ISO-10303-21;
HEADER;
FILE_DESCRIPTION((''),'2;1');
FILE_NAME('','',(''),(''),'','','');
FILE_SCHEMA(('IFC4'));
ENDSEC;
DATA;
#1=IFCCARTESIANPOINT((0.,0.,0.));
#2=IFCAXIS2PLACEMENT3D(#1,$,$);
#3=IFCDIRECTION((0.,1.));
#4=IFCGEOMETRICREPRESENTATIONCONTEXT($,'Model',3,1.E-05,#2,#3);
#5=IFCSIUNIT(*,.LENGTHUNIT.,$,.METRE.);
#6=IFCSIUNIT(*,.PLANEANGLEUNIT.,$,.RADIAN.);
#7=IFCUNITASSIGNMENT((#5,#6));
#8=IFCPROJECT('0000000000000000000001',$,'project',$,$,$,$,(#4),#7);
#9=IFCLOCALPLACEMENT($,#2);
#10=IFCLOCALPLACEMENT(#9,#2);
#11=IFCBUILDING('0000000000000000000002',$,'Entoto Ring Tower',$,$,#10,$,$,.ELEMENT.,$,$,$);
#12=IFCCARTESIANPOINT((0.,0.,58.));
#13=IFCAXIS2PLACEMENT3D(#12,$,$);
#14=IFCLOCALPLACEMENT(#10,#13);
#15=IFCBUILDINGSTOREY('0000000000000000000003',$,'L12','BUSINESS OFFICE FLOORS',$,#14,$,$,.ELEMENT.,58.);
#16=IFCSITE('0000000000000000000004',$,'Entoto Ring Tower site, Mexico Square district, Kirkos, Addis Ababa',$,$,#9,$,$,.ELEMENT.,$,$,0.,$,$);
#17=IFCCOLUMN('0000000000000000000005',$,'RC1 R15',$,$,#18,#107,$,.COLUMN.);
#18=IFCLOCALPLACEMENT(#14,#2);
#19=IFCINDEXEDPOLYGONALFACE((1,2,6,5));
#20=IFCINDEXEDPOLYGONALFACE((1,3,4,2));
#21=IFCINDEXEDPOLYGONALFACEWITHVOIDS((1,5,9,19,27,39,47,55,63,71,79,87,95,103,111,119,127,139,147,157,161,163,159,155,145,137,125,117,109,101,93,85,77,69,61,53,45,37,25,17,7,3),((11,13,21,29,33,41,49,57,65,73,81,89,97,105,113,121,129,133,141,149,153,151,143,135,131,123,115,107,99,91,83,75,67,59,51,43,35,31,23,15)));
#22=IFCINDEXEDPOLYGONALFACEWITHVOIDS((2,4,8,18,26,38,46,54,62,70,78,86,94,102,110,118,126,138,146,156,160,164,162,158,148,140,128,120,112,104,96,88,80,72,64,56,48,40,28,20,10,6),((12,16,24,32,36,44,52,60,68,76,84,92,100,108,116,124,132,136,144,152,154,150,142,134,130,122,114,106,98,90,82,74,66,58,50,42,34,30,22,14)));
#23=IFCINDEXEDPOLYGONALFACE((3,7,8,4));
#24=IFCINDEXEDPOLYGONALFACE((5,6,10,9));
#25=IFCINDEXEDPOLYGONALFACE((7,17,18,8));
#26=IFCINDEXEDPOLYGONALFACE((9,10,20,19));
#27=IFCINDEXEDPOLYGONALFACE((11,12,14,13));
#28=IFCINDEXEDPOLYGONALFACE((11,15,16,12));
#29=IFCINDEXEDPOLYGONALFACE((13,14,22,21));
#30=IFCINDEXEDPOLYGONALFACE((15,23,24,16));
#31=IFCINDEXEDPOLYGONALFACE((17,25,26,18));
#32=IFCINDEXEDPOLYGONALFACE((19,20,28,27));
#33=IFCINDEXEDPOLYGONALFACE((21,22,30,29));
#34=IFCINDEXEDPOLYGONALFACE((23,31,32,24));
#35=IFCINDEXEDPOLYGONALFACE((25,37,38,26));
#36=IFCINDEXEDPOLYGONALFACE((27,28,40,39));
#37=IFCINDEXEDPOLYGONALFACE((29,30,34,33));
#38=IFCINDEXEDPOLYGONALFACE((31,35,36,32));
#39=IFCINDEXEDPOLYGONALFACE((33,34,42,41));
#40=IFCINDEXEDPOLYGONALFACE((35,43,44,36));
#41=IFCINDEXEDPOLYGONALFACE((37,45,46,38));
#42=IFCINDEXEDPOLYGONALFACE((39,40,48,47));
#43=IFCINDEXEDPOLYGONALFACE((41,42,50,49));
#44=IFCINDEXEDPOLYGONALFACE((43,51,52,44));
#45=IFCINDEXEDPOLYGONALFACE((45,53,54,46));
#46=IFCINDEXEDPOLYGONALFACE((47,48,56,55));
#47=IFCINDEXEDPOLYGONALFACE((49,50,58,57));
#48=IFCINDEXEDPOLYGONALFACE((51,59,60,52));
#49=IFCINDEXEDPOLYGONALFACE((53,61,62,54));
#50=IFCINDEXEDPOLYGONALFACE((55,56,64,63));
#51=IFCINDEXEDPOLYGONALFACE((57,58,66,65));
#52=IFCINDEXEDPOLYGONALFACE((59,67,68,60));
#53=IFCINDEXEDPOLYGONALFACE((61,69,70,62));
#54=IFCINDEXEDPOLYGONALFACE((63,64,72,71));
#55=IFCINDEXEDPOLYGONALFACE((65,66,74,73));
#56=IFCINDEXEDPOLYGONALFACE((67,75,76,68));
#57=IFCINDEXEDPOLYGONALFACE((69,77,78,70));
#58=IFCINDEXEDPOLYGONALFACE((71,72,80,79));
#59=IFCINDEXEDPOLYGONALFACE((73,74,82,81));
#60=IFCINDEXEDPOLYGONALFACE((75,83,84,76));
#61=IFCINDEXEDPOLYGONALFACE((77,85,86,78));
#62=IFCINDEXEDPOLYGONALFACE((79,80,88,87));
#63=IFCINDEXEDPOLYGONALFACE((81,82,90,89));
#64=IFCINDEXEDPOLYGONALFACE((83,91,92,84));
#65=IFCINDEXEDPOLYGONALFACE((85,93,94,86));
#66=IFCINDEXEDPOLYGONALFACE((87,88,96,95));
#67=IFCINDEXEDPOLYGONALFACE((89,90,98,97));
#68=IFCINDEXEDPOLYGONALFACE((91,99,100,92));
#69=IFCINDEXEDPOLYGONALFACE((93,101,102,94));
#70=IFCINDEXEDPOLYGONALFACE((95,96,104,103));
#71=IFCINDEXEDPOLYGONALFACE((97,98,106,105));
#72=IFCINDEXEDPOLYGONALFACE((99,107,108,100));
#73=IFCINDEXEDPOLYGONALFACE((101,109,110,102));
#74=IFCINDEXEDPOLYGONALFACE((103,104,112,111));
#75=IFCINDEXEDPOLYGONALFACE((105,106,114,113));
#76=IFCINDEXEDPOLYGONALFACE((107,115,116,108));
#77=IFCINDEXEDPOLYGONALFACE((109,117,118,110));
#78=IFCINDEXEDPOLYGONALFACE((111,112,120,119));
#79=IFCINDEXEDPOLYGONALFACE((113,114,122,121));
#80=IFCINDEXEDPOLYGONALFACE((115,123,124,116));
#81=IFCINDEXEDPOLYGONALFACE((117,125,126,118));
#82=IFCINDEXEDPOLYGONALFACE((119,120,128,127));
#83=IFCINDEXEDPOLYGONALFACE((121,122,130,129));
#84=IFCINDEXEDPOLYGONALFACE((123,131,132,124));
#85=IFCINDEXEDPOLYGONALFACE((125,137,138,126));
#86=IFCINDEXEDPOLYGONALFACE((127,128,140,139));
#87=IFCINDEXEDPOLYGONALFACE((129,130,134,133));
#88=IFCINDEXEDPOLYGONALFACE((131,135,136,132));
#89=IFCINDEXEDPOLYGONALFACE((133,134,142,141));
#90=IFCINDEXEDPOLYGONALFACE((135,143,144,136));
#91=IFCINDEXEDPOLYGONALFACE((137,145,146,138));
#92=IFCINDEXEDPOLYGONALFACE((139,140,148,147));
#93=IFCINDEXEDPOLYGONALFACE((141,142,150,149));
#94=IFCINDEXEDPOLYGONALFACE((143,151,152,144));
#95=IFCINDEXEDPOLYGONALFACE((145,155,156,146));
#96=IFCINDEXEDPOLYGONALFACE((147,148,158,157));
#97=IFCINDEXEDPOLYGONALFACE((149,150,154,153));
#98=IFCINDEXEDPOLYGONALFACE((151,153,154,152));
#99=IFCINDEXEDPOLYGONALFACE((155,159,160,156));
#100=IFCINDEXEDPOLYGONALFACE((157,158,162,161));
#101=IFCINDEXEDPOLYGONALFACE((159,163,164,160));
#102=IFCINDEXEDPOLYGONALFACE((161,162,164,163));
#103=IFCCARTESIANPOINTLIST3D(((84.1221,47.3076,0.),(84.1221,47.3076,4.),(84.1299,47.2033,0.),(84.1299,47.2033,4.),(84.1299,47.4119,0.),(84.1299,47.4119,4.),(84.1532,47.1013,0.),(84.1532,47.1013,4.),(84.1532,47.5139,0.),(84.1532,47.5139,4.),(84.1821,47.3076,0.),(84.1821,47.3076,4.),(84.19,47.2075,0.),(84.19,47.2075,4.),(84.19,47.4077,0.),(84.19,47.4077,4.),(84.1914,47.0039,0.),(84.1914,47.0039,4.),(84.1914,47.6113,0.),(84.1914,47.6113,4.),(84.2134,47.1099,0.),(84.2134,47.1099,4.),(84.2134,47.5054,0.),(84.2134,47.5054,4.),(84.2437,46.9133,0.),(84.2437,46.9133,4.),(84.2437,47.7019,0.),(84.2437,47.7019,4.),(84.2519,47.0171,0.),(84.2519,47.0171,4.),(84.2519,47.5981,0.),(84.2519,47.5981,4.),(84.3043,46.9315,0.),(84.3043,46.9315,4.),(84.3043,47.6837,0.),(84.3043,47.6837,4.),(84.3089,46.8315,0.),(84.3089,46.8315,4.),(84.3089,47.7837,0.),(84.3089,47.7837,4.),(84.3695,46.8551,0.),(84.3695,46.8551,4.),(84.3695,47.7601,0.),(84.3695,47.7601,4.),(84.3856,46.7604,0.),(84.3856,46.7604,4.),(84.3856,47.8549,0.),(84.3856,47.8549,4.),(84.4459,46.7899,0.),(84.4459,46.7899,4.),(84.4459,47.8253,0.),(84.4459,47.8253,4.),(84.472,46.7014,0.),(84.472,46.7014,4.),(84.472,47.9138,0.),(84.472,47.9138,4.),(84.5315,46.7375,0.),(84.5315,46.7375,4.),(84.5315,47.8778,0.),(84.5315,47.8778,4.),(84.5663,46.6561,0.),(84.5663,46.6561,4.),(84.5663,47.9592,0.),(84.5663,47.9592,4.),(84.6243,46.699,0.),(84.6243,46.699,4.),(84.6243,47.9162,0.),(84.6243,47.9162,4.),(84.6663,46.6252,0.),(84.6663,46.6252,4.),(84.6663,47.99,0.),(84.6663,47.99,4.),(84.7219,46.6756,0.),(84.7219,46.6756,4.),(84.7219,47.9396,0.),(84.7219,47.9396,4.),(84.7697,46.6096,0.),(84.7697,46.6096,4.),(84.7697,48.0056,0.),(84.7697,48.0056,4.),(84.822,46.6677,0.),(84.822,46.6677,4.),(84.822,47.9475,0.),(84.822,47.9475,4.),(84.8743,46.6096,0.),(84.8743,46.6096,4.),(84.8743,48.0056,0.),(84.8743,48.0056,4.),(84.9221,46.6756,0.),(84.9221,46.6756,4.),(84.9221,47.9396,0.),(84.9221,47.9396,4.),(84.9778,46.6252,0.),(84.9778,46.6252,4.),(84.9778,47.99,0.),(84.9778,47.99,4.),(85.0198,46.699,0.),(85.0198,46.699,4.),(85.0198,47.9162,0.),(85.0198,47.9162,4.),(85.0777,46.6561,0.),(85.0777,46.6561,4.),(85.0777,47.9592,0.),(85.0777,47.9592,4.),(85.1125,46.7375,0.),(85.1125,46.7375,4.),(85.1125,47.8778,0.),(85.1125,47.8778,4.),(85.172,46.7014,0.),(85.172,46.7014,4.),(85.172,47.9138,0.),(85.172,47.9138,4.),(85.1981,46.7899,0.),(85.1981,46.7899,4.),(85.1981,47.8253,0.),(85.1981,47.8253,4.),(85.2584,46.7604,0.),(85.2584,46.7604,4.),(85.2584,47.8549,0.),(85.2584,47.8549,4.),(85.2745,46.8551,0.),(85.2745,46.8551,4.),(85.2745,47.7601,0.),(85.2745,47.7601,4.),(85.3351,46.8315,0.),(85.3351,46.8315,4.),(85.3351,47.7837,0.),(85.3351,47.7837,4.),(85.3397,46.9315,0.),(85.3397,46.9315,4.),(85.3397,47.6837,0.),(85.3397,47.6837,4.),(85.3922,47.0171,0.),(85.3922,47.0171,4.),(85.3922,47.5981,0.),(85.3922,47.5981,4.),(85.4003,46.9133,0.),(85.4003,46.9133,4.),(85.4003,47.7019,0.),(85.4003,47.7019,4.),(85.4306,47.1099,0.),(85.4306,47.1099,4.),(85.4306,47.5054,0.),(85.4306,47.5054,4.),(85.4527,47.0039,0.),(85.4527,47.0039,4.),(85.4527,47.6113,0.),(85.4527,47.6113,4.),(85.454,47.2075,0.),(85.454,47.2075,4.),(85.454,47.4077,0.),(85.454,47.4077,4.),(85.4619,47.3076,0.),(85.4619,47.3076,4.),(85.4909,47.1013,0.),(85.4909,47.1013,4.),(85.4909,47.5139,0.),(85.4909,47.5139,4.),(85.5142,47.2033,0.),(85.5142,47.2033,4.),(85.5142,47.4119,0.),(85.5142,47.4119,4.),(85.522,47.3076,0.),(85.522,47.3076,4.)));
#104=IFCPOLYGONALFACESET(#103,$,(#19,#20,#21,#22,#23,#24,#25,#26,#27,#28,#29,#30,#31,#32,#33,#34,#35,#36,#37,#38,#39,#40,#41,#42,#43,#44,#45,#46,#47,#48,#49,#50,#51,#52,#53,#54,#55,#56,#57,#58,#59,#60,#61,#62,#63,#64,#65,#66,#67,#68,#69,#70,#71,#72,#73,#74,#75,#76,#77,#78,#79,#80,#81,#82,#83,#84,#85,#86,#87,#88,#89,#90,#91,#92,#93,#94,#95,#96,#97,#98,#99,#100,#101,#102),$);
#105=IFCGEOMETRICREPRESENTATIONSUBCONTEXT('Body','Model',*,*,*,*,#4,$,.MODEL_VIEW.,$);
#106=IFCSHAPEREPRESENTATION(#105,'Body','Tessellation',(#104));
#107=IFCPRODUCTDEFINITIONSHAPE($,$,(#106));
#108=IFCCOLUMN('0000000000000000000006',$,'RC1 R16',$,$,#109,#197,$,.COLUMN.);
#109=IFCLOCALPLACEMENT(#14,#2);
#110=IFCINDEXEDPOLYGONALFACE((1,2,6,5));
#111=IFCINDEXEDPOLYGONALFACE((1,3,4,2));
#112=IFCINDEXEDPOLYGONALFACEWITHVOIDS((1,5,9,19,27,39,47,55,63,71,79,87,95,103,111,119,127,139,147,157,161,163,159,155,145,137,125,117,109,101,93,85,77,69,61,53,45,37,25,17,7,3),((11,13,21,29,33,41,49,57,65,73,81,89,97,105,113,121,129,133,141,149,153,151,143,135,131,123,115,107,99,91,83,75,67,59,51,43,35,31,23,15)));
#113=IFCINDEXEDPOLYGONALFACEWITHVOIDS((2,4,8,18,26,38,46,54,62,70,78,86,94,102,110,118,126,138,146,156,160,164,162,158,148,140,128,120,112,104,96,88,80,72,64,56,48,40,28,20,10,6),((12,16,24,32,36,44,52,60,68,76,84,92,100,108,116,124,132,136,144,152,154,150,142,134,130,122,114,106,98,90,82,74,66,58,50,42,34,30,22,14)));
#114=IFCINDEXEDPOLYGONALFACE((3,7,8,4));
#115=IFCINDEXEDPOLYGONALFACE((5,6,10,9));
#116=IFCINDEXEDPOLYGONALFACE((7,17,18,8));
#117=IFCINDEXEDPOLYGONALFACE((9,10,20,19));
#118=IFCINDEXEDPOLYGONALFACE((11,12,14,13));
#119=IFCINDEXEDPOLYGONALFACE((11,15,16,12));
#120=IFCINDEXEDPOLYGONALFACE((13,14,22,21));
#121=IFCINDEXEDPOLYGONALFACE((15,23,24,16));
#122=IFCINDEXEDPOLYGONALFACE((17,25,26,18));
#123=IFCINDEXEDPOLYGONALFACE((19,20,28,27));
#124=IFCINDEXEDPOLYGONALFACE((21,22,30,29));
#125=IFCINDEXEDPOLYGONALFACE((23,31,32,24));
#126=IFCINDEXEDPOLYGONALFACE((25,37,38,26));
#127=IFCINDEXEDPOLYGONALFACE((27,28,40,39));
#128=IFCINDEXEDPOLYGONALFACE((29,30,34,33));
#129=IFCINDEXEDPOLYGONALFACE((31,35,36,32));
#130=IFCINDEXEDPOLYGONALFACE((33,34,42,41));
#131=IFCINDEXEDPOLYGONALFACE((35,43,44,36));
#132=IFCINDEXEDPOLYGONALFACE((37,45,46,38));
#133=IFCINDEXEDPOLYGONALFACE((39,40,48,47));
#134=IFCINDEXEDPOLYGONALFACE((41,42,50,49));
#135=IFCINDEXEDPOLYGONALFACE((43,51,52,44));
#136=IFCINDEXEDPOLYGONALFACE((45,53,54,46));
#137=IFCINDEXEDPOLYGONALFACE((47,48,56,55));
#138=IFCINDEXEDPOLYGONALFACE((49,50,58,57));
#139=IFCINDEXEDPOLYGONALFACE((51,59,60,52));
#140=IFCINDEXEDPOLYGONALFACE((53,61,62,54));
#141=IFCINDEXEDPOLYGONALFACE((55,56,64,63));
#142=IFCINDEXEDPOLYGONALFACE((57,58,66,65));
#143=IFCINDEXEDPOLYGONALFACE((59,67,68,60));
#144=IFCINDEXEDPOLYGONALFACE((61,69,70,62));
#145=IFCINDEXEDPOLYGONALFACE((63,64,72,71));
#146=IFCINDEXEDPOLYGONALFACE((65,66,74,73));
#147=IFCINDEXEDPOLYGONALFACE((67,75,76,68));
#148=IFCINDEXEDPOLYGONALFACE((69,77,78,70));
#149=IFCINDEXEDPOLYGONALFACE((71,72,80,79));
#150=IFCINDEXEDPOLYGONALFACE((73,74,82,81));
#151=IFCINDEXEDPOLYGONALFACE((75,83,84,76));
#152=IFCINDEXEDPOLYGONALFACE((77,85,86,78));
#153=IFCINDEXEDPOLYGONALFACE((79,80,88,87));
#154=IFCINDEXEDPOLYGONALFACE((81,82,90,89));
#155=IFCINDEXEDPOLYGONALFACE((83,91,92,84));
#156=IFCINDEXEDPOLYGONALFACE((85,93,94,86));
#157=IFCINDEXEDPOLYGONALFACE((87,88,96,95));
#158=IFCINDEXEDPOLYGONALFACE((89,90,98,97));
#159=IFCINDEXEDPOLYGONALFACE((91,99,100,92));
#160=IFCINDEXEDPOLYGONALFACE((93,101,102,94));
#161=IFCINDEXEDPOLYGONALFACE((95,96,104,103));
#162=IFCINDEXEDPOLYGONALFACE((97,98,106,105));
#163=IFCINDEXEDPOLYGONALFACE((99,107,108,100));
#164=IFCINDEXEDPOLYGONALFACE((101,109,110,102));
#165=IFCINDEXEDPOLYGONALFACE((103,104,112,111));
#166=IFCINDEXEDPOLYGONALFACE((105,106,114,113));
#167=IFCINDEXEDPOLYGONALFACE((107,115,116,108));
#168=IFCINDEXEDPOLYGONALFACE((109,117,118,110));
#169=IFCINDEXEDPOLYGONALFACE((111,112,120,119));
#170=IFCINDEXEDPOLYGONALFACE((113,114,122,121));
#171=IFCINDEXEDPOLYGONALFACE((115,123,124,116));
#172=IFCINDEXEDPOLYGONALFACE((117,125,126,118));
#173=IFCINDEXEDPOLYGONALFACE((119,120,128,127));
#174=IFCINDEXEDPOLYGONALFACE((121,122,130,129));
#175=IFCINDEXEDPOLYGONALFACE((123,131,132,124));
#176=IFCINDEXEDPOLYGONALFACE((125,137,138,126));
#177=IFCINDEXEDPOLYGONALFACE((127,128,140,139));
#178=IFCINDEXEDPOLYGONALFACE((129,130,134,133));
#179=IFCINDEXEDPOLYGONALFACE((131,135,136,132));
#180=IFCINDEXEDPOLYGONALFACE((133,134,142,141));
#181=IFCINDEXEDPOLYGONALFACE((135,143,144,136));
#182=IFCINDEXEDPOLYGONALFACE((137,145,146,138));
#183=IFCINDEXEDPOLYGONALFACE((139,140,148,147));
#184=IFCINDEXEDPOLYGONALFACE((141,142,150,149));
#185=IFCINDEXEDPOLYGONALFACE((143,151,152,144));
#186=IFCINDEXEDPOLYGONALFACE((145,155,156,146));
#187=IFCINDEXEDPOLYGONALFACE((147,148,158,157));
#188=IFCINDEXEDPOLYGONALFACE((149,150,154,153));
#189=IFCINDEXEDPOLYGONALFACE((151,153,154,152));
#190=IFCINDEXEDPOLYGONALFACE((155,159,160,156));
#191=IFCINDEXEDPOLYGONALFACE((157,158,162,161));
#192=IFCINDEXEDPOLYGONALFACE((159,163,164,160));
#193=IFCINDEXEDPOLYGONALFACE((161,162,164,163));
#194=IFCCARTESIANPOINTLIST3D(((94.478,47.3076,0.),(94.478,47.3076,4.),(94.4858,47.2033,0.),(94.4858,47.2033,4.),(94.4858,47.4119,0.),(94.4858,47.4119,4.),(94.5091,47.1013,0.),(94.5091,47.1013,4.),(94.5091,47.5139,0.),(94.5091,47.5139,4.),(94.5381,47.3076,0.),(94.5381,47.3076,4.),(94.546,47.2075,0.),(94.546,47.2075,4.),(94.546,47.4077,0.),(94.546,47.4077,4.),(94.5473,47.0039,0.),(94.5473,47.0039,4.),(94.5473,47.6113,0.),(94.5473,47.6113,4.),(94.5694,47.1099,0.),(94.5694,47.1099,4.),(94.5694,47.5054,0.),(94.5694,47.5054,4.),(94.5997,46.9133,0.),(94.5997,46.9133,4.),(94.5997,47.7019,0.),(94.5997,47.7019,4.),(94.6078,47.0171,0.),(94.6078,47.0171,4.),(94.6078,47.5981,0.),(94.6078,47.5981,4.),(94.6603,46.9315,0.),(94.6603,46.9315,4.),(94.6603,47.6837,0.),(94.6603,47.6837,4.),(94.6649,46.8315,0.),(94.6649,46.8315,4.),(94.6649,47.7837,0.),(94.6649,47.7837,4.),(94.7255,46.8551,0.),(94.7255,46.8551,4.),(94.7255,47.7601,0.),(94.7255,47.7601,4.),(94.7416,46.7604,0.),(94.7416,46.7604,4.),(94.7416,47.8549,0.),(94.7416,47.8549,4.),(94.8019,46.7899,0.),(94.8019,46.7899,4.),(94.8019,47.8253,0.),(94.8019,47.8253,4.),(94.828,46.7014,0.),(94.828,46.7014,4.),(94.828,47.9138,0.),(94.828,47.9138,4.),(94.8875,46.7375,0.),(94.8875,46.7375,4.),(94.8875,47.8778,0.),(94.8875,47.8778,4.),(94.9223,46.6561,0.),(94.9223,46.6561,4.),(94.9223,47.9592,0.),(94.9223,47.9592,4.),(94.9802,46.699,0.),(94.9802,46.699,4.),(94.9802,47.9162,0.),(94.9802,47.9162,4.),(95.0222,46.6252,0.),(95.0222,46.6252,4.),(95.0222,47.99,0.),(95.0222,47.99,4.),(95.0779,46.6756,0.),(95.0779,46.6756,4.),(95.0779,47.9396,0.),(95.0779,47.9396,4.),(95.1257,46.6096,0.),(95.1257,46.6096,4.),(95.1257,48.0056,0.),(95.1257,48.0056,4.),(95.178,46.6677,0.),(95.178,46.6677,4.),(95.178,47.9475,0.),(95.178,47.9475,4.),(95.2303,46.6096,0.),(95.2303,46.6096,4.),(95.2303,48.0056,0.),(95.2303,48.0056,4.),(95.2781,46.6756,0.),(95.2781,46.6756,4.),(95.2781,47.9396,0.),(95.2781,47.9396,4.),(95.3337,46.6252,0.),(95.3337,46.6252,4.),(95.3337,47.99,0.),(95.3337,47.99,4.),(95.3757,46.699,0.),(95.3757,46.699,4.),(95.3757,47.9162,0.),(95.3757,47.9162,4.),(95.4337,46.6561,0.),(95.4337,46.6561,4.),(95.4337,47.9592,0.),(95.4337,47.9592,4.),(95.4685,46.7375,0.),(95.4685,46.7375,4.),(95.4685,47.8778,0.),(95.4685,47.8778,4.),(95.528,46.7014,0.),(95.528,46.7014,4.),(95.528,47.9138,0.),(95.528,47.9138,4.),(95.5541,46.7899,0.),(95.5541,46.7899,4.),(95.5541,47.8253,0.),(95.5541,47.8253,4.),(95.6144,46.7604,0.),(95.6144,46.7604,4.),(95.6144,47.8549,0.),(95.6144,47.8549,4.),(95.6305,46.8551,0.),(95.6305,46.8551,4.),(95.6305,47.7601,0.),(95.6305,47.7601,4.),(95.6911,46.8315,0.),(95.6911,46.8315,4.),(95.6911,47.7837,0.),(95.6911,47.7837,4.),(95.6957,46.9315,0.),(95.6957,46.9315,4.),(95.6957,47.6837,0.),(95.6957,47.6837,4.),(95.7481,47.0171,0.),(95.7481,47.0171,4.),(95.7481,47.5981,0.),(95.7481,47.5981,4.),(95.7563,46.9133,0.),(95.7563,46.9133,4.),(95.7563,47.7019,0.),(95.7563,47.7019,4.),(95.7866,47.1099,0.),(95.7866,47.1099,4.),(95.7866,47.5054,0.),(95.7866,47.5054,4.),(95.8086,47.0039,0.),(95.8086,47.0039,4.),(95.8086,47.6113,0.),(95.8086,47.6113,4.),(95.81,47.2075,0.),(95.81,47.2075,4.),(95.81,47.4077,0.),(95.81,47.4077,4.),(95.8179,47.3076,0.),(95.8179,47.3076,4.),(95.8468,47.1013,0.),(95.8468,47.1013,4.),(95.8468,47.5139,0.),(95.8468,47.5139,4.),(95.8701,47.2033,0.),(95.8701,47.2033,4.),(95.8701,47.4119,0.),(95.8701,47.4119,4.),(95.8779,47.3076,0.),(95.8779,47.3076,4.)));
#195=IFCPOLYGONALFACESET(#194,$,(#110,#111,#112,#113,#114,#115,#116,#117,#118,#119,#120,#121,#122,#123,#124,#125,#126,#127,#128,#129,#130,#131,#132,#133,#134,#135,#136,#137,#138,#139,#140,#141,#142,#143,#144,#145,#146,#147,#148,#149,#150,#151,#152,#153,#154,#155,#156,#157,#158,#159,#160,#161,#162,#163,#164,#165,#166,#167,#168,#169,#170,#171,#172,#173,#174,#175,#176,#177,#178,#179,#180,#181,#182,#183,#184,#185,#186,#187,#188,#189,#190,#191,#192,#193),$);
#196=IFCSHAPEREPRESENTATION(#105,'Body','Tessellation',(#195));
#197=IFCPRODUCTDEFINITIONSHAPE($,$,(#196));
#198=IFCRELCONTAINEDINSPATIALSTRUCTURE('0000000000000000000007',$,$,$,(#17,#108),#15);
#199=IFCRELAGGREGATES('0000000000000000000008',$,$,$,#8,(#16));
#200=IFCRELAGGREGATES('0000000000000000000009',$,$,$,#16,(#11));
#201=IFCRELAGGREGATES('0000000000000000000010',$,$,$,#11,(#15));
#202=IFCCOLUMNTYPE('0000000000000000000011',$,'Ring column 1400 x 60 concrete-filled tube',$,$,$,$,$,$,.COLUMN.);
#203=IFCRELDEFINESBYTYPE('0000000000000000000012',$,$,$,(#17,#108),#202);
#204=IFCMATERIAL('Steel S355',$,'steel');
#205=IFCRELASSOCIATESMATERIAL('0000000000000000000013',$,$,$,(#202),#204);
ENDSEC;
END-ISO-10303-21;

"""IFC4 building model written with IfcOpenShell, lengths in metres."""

from ifc_helpers import new_model, si_unit, direction, frame, origin, origin_2d, place, context, subcontext, project, spatial, circle, hollow_circle, extrude, material, material_profile, profile_set, type_object, element, save


model = new_model("IFC4")

# Units and contexts
model_context = context("Model", 3, precision=1e-05, world=origin(), true_north=direction((0.0, 1.0)))
body_context = subcontext(model_context, "Body", "Model", "MODEL_VIEW")
ifc_project = project(units=[si_unit("LENGTHUNIT", "METRE"), si_unit("PLANEANGLEUNIT", "RADIAN")], contexts=[model_context])

# Site, building, storey
site_placement = place(None, origin())
site = spatial("IfcSite", under=ifc_project, at=site_placement, Name="Entoto Ring Tower site, Mexico Square district, Kirkos, Addis Ababa", CompositionType="ELEMENT", RefElevation=0.0)
building_placement = place(site_placement, origin())
building = spatial("IfcBuilding", under=site, at=building_placement, Name="Entoto Ring Tower", CompositionType="ELEMENT")
storey_placement = place(building_placement, frame((0.0, 0.0, 58.0)))
storey = spatial("IfcBuildingStorey", under=building, at=storey_placement, Name="L12", Description="BUSINESS OFFICE FLOORS", CompositionType="ELEMENT", Elevation=58.0)

# Columns
ifc_material_1 = material(Name="Steel S355", Category="steel")
ifc_material_profile_1 = material_profile(ifc_material_1, hollow_circle(Radius=0.7, WallThickness=0.0601, at=origin_2d()), Name="CHS 1400 x 60")
ifc_material_2 = material(Name="Concrete C60/75", Category="concrete")
ifc_material_profile_2 = material_profile(ifc_material_2, circle(Radius=0.6399, at=origin_2d()), Name="Concrete C60/75 infill")
ifc_profile_set_1 = profile_set([ifc_material_profile_1, ifc_material_profile_2], Name="Steel S355")
column_type = type_object("IfcColumnType", Name="Ring column 1400 x 60 concrete-filled tube", PredefinedType="COLUMN", material=ifc_profile_set_1)
for number, where, z_axis, x_axis, name in (
    (1, (84.822, 47.3076, 0.0), (0.0, 0.0, 1.0), (1.0, 0.0, 0.0), "RC1 R15"),
    (2, (95.178, 47.3076, 0.0), (0.0, 0.0, 1.0), (1.0, 0.0, 0.0), "RC1 R16"),
):
    element("IfcColumn", number, at=place(storey_placement, frame(where, z_axis=z_axis, x_axis=x_axis)), inside=storey, type_object=column_type, Name=name, PredefinedType="COLUMN", context=body_context, shape_type="SweptSolid", body=[
        extrude(hollow_circle(Radius=0.7, WallThickness=0.0601, at=origin_2d()), origin(), (0.0, 0.0, 1.0), 4.0),
    ])

save(model, "model.ifc")
